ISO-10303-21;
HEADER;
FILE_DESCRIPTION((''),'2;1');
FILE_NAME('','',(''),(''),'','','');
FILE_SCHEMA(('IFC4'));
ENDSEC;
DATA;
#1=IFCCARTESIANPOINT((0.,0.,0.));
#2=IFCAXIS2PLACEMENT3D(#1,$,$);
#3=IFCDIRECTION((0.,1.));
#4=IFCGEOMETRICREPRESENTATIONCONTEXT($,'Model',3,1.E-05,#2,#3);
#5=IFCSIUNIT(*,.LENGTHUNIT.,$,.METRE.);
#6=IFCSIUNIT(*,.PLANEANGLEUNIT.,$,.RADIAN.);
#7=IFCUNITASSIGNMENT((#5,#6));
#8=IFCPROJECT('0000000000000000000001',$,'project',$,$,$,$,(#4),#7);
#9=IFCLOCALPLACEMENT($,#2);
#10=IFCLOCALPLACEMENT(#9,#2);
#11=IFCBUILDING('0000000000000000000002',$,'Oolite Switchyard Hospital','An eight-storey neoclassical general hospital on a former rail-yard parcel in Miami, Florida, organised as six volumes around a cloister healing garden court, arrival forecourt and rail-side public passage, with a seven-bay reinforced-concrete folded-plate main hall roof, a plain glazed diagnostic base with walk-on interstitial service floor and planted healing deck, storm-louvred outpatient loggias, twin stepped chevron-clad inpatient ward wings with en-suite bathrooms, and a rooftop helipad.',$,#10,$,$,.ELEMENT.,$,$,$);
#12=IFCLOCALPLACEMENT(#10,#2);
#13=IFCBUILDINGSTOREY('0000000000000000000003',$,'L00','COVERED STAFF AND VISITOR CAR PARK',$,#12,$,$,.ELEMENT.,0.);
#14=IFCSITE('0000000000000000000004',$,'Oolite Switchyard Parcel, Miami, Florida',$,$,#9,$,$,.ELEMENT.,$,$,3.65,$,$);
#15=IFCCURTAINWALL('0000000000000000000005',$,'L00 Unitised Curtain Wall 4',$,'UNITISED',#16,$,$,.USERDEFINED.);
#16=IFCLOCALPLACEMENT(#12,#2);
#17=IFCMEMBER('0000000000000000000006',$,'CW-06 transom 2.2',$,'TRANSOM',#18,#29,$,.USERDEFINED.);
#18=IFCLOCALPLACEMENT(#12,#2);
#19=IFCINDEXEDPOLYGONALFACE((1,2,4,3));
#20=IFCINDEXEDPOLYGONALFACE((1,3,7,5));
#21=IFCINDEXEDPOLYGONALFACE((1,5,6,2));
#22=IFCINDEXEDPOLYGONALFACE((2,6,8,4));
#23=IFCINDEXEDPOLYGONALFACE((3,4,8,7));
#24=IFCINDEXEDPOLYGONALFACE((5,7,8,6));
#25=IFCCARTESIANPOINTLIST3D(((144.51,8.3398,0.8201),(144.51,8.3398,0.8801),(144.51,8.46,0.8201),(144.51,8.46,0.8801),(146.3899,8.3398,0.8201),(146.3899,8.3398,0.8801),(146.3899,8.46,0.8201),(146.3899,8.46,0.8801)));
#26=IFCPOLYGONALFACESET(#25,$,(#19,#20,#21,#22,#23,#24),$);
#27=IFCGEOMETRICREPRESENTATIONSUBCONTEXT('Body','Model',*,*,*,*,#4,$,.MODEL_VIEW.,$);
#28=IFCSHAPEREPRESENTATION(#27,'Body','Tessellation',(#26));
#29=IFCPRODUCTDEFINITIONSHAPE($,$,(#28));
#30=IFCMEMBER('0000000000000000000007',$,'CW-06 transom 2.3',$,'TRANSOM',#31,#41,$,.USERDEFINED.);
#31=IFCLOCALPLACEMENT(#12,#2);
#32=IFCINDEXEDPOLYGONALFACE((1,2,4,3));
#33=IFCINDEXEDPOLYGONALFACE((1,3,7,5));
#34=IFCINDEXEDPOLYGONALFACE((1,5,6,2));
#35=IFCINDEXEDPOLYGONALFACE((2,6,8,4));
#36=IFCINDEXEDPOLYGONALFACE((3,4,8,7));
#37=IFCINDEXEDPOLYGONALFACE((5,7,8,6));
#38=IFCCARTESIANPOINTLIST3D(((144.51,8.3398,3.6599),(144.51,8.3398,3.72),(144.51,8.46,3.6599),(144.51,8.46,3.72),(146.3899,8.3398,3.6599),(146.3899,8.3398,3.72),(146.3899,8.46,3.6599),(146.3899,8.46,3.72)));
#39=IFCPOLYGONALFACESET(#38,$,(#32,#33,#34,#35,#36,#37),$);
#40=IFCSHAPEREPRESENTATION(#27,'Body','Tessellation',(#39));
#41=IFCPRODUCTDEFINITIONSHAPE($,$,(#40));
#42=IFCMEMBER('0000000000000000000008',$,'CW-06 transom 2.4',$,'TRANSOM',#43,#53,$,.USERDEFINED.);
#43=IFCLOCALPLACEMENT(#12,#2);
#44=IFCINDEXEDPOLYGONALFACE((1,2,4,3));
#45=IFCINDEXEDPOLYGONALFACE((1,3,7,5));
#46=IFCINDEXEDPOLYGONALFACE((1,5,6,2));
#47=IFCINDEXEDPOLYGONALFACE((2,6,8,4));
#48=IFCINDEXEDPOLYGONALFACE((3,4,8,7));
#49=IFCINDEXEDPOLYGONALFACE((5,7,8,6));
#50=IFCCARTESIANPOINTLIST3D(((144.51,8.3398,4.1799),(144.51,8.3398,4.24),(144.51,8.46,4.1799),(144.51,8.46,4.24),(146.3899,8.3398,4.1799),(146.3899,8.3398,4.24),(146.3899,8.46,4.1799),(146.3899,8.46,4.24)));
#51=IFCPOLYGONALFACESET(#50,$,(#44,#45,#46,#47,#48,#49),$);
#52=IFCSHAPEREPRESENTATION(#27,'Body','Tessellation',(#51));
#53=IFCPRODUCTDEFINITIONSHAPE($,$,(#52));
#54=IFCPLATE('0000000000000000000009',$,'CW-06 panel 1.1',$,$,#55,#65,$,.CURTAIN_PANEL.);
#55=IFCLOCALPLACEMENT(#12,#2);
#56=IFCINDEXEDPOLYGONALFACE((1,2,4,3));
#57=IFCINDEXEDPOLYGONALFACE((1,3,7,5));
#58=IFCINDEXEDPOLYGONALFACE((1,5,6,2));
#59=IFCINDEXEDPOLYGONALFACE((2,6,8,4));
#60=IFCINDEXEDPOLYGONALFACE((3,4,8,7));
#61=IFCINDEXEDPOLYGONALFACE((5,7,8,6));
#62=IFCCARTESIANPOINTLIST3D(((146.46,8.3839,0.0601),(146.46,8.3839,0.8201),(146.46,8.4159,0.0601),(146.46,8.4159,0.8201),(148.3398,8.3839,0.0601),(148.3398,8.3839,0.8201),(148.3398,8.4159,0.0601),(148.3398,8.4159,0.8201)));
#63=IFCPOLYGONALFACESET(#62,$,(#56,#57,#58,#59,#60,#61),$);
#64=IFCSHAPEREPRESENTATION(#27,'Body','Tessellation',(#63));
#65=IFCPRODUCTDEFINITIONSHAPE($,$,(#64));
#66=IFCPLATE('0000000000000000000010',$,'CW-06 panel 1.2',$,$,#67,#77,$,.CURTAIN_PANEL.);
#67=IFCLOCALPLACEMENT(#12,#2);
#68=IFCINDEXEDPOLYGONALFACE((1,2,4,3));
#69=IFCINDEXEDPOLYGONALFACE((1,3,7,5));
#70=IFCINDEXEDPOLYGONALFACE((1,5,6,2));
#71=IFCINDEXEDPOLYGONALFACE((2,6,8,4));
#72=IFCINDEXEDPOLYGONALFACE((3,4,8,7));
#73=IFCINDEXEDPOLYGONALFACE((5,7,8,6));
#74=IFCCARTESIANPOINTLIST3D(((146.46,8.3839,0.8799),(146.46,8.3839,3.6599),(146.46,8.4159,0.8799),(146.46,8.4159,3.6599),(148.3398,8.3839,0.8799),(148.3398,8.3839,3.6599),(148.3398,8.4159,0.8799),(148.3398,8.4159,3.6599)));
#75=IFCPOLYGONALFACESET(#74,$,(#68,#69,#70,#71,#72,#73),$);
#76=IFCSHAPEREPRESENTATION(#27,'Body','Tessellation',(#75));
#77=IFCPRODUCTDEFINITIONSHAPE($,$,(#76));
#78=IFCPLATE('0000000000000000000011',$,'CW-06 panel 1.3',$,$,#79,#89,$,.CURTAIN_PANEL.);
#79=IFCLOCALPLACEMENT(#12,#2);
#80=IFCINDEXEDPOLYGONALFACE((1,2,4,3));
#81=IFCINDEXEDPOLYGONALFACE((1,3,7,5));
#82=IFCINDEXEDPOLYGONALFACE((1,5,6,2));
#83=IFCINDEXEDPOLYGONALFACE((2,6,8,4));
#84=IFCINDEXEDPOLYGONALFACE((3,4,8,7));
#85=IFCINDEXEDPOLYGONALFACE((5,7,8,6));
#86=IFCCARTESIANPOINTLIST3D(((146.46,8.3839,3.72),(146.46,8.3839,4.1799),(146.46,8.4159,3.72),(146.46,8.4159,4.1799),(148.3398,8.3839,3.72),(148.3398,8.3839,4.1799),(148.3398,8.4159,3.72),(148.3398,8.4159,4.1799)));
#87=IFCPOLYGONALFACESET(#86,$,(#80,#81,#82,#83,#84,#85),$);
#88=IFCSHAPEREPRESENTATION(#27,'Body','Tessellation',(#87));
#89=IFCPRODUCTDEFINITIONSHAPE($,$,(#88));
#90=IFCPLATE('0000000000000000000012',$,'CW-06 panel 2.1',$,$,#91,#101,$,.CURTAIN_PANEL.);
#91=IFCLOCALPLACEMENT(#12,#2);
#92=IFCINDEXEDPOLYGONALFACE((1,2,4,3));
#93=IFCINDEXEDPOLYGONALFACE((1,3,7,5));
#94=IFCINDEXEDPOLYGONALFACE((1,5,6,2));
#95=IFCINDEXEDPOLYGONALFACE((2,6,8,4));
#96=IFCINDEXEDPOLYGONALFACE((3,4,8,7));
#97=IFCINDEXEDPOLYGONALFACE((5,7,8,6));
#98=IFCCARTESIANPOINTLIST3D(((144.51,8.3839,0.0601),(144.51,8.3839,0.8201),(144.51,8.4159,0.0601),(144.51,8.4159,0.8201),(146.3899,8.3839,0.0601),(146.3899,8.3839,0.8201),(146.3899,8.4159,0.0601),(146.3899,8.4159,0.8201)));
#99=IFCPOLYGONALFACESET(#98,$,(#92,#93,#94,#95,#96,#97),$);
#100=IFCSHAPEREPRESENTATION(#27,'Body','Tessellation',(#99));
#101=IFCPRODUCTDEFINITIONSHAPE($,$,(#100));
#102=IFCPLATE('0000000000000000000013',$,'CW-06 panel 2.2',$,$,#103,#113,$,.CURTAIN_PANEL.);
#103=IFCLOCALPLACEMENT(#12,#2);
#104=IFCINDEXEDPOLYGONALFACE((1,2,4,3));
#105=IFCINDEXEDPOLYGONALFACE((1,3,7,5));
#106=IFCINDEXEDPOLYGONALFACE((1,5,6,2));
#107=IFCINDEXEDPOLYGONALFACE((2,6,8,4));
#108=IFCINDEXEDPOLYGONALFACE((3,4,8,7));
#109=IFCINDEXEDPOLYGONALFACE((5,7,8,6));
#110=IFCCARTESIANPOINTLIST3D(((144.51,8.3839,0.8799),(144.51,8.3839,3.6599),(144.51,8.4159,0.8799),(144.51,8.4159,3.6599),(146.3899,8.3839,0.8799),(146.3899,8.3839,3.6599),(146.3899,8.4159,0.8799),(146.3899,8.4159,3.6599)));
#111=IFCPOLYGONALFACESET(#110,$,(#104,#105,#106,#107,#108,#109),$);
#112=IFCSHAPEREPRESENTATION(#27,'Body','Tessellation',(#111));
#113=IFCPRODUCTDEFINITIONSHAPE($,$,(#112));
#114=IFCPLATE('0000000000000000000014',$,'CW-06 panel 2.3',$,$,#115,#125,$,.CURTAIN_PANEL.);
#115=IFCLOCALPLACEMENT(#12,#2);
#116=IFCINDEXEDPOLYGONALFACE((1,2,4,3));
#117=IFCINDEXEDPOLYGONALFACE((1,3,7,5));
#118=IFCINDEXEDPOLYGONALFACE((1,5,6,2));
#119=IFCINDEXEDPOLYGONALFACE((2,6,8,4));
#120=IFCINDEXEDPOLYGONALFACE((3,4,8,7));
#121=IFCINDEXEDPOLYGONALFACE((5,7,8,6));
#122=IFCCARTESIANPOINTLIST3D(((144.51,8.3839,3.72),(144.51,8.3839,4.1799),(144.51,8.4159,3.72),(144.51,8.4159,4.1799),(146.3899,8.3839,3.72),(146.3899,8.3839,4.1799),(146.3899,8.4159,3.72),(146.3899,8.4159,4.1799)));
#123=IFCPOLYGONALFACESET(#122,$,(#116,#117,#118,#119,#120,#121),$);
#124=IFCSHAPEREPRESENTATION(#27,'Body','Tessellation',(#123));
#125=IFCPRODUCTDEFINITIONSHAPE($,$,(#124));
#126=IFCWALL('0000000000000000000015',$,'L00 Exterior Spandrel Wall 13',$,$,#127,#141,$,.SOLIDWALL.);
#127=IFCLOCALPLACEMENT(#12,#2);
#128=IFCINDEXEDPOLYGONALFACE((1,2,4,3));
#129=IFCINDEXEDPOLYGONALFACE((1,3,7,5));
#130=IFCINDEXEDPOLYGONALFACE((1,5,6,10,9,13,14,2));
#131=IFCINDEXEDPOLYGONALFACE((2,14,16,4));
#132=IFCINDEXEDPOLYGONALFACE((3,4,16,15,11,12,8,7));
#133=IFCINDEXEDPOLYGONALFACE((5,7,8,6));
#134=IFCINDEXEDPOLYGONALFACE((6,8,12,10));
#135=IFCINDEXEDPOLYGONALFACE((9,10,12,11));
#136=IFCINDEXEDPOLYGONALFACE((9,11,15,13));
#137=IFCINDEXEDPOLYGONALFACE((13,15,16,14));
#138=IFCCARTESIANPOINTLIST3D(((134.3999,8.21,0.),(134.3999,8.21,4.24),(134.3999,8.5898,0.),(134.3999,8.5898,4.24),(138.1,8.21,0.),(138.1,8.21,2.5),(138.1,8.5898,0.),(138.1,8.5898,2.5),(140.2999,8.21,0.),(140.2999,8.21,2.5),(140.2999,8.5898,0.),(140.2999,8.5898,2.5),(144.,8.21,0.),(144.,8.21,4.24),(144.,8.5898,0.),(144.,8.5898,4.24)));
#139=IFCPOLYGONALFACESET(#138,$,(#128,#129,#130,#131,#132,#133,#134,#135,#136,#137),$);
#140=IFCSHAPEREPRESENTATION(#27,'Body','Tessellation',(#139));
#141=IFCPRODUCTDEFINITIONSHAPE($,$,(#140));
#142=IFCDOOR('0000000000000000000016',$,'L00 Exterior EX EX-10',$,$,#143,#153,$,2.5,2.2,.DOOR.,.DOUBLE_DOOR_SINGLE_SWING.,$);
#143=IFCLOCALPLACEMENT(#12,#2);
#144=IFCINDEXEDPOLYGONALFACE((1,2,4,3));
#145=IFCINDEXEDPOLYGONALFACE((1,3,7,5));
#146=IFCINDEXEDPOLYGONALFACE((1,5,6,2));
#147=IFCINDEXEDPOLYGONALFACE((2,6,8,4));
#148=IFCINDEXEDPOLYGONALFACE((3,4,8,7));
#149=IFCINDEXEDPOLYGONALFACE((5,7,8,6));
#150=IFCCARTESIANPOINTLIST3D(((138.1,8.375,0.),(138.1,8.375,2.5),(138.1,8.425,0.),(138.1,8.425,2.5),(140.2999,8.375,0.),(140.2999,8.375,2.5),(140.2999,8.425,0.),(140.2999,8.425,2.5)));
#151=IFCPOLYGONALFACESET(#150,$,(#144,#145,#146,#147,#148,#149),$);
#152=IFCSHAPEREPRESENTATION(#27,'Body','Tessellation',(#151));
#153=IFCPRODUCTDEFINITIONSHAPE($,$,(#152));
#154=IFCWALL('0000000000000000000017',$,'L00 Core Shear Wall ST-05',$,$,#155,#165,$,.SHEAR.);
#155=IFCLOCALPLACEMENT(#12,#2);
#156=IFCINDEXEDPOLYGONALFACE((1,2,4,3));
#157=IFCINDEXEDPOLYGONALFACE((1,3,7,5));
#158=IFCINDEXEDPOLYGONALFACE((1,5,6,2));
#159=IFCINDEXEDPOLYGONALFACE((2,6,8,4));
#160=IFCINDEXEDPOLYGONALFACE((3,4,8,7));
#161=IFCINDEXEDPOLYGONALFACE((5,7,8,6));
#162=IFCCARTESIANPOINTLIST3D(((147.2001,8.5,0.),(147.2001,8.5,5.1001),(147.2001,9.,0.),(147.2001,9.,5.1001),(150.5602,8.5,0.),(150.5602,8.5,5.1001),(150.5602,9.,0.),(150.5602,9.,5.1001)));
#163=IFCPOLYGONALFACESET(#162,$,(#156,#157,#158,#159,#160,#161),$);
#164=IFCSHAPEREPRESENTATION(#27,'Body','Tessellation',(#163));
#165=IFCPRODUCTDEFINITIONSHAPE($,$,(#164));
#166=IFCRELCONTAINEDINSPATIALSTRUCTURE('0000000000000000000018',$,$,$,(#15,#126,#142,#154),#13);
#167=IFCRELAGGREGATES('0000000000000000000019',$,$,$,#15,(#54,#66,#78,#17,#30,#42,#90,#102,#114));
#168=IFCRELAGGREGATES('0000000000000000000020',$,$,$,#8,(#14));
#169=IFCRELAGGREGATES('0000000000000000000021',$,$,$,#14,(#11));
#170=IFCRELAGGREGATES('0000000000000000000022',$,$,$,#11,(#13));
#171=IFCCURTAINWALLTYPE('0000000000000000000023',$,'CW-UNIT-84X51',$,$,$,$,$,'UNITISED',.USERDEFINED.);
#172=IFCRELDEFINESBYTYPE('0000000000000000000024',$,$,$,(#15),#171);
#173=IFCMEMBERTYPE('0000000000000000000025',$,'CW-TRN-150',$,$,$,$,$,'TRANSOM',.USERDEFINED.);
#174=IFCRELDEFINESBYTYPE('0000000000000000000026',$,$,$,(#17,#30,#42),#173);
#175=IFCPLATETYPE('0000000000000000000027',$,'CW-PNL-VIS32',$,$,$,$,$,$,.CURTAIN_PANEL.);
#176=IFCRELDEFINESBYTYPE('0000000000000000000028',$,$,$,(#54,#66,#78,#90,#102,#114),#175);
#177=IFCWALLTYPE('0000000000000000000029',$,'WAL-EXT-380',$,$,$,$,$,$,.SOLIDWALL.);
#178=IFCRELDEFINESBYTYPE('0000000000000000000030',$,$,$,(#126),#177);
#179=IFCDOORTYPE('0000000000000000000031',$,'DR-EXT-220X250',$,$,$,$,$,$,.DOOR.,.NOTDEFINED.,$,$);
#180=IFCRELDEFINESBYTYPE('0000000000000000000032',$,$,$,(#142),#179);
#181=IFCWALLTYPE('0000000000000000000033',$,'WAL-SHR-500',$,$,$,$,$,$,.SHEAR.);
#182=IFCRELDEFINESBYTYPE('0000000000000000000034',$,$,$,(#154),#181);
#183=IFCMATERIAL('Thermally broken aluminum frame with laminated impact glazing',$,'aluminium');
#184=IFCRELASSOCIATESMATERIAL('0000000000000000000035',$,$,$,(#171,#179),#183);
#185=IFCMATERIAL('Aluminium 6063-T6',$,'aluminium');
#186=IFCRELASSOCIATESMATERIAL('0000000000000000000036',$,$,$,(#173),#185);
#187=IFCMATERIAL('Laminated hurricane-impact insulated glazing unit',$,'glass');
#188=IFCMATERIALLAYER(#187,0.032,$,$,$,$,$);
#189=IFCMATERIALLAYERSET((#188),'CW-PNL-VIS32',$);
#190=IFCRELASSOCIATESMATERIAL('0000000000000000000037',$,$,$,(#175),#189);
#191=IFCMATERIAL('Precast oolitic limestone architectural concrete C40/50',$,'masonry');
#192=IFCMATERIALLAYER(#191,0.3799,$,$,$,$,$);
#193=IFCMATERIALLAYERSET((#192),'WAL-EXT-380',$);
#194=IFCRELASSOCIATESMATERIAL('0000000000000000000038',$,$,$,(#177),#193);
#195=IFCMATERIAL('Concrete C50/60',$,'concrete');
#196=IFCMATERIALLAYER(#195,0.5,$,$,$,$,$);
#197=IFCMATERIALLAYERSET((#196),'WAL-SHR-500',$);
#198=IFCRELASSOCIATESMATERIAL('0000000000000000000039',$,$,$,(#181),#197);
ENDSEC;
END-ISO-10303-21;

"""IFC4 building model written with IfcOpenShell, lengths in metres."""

from ifc_helpers import new_model, si_unit, direction, frame, frame_2d, origin, origin_2d, place, context, subcontext, project, spatial, rectangle, extrude, material, layer, layer_set, material_profile, profile_set, type_object, element, fill, aggregate, save


model = new_model("IFC4")

# Units and contexts
model_context = context("Model", 3, precision=1e-05, world=origin(), true_north=direction((0.0, 1.0)))
body_context = subcontext(model_context, "Body", "Model", "MODEL_VIEW")
ifc_project = project(units=[si_unit("LENGTHUNIT", "METRE"), si_unit("PLANEANGLEUNIT", "RADIAN")], contexts=[model_context])

# Site, building, storey
site_placement = place(None, origin())
site = spatial("IfcSite", under=ifc_project, at=site_placement, Name="Oolite Switchyard Parcel, Miami, Florida", CompositionType="ELEMENT", RefElevation=3.65)
building_placement = place(site_placement, origin())
building = spatial("IfcBuilding", under=site, at=building_placement, Name="Oolite Switchyard Hospital", Description="An eight-storey neoclassical general hospital on a former rail-yard parcel in Miami, Florida, organised as six volumes around a cloister healing garden court, arrival forecourt and rail-side public passage, with a seven-bay reinforced-concrete folded-plate main hall roof, a plain glazed diagnostic base with walk-on interstitial service floor and planted healing deck, storm-louvred outpatient loggias, twin stepped chevron-clad inpatient ward wings with en-suite bathrooms, and a rooftop helipad.", CompositionType="ELEMENT")
storey_placement = place(building_placement, origin())
storey = spatial("IfcBuildingStorey", under=building, at=storey_placement, Name="L00", Description="COVERED STAFF AND VISITOR CAR PARK", CompositionType="ELEMENT", Elevation=0.0)

# Shared definitions
ifc_material_1 = material(Name="Concrete C50/60", Category="concrete")

# Curtain wall, members, plates
ifc_material_2 = material(Name="Thermally broken aluminum frame with laminated impact glazing", Category="aluminium")
curtain_wall_type = type_object("IfcCurtainWallType", Name="CW-UNIT-84X51", ElementType="UNITISED", PredefinedType="USERDEFINED", material=ifc_material_2)
curtain_wall_placement = place(storey_placement, origin())
curtain_wall = element("IfcCurtainWall", 1, at=curtain_wall_placement, inside=storey, type_object=curtain_wall_type, Name="L00 Unitised Curtain Wall 4", ObjectType="UNITISED", PredefinedType="USERDEFINED")
ifc_material_3 = material(Name="Aluminium 6063-T6", Category="aluminium")
ifc_material_profile_1 = material_profile(ifc_material_3, rectangle(XDim=0.1201, YDim=0.0601, at=origin_2d()), Name="CWT60X120")
ifc_profile_set_1 = profile_set([ifc_material_profile_1], Name="Aluminium 6063-T6")
member_type_1 = type_object("IfcMemberType", Name="CW-TRN-150", ElementType="TRANSOM", PredefinedType="USERDEFINED", material=ifc_profile_set_1)
member_1_placement = place(storey_placement, frame((146.3899, 8.3999, 0.8501), z_axis=(-1.0, 0.0, 0.0), x_axis=(0.0, -1.0, 0.0)))
member_1 = element("IfcMember", 2, at=member_1_placement, type_object=member_type_1, Name="CW-06 transom 2.2", ObjectType="TRANSOM", PredefinedType="USERDEFINED", context=body_context, shape_type="SweptSolid", body=[
    extrude(rectangle(XDim=0.1201, YDim=0.0601, at=origin_2d()), origin(), (0.0, 0.0, 1.0), 1.8799),
])
member_2_placement = place(storey_placement, frame((146.3899, 8.3999, 3.6899), z_axis=(-1.0, 0.0, 0.0), x_axis=(0.0, -1.0, 0.0)))
member_2 = element("IfcMember", 3, at=member_2_placement, type_object=member_type_1, Name="CW-06 transom 2.3", ObjectType="TRANSOM", PredefinedType="USERDEFINED", context=body_context, shape_type="SweptSolid", body=[
    extrude(rectangle(XDim=0.1201, YDim=0.0601, at=origin_2d()), origin(), (0.0, 0.0, 1.0), 1.8799),
])
member_3_placement = place(storey_placement, frame((146.3899, 8.3999, 4.21), z_axis=(-1.0, 0.0, 0.0), x_axis=(0.0, -1.0, 0.0)))
member_3 = element("IfcMember", 4, at=member_3_placement, type_object=member_type_1, Name="CW-06 transom 2.4", ObjectType="TRANSOM", PredefinedType="USERDEFINED", context=body_context, shape_type="SweptSolid", body=[
    extrude(rectangle(XDim=0.1201, YDim=0.0601, at=origin_2d()), origin(), (0.0, 0.0, 1.0), 1.8799),
])
ifc_material_4 = material(Name="Laminated hurricane-impact insulated glazing unit", Category="glass")
ifc_layer_1 = layer(ifc_material_4, 0.032)
ifc_layer_set_1 = layer_set([ifc_layer_1], Name="CW-PNL-VIS32")
plate_type = type_object("IfcPlateType", Name="CW-PNL-VIS32", PredefinedType="CURTAIN_PANEL", material=ifc_layer_set_1)
plate_1_placement = place(storey_placement, frame((147.3999, 8.3999, 0.0601), z_axis=(0.0, 0.0, 1.0), x_axis=(-1.0, 0.0, 0.0)))
plate_1 = element("IfcPlate", 5, at=plate_1_placement, type_object=plate_type, Name="CW-06 panel 1.1", PredefinedType="CURTAIN_PANEL", context=body_context, shape_type="SweptSolid", body=[
    extrude(rectangle(XDim=1.8799, YDim=0.032, at=origin_2d()), origin(), (0.0, 0.0, 1.0), 0.76),
])
plate_2_placement = place(storey_placement, frame((147.3999, 8.3999, 0.8799), z_axis=(0.0, 0.0, 1.0), x_axis=(-1.0, 0.0, 0.0)))
plate_2 = element("IfcPlate", 6, at=plate_2_placement, type_object=plate_type, Name="CW-06 panel 1.2", PredefinedType="CURTAIN_PANEL", context=body_context, shape_type="SweptSolid", body=[
    extrude(rectangle(XDim=1.8799, YDim=0.032, at=origin_2d()), origin(), (0.0, 0.0, 1.0), 2.78),
])
plate_3_placement = place(storey_placement, frame((147.3999, 8.3999, 3.72), z_axis=(0.0, 0.0, 1.0), x_axis=(-1.0, 0.0, 0.0)))
plate_3 = element("IfcPlate", 7, at=plate_3_placement, type_object=plate_type, Name="CW-06 panel 1.3", PredefinedType="CURTAIN_PANEL", context=body_context, shape_type="SweptSolid", body=[
    extrude(rectangle(XDim=1.8799, YDim=0.032, at=origin_2d()), origin(), (0.0, 0.0, 1.0), 0.46),
])
plate_4_placement = place(storey_placement, frame((145.45, 8.3999, 0.0601), z_axis=(0.0, 0.0, 1.0), x_axis=(-1.0, 0.0, 0.0)))
plate_4 = element("IfcPlate", 8, at=plate_4_placement, type_object=plate_type, Name="CW-06 panel 2.1", PredefinedType="CURTAIN_PANEL", context=body_context, shape_type="SweptSolid", body=[
    extrude(rectangle(XDim=1.8799, YDim=0.032, at=origin_2d()), origin(), (0.0, 0.0, 1.0), 0.76),
])
plate_5_placement = place(storey_placement, frame((145.45, 8.3999, 0.8799), z_axis=(0.0, 0.0, 1.0), x_axis=(-1.0, 0.0, 0.0)))
plate_5 = element("IfcPlate", 9, at=plate_5_placement, type_object=plate_type, Name="CW-06 panel 2.2", PredefinedType="CURTAIN_PANEL", context=body_context, shape_type="SweptSolid", body=[
    extrude(rectangle(XDim=1.8799, YDim=0.032, at=origin_2d()), origin(), (0.0, 0.0, 1.0), 2.78),
])
plate_6_placement = place(storey_placement, frame((145.45, 8.3999, 3.72), z_axis=(0.0, 0.0, 1.0), x_axis=(-1.0, 0.0, 0.0)))
plate_6 = element("IfcPlate", 10, at=plate_6_placement, type_object=plate_type, Name="CW-06 panel 2.3", PredefinedType="CURTAIN_PANEL", context=body_context, shape_type="SweptSolid", body=[
    extrude(rectangle(XDim=1.8799, YDim=0.032, at=origin_2d()), origin(), (0.0, 0.0, 1.0), 0.46),
])
aggregate(curtain_wall, [plate_1, plate_2, plate_3, member_1, member_2, member_3, plate_4, plate_5, plate_6])

# Wall, opening, door
ifc_material_5 = material(Name="Precast oolitic limestone architectural concrete C40/50", Category="masonry")
ifc_layer_2 = layer(ifc_material_5, 0.3799)
ifc_layer_set_2 = layer_set([ifc_layer_2], Name="WAL-EXT-380")
wall_type_1 = type_object("IfcWallType", Name="WAL-EXT-380", PredefinedType="SOLIDWALL", material=ifc_layer_set_2)
wall_1_placement = place(storey_placement, frame((144.0, 8.3999, 0.0), z_axis=(0.0, 0.0, 1.0), x_axis=(-1.0, 0.0, 0.0)))
wall_1 = element("IfcWall", 11, at=wall_1_placement, inside=storey, type_object=wall_type_1, Name="L00 Exterior Spandrel Wall 13", PredefinedType="SOLIDWALL", context=body_context, shape_type="SweptSolid", body=[
    extrude(rectangle(XDim=9.6001, YDim=0.3799, at=frame_2d((4.8, 0.0))), origin(), (0.0, 0.0, 1.0), 4.24),
])
opening_placement = place(wall_1_placement, frame((3.7, 0.0, 0.0)))
opening = element("IfcOpeningElement", 12, at=opening_placement, cuts=wall_1, PredefinedType="OPENING", context=body_context, shape_type="SweptSolid", body=[
    extrude(rectangle(XDim=2.2, YDim=2.5, at=frame_2d((1.1001, 1.25))), frame((0.0, 0.2, 0.0), z_axis=(0.0, -1.0, 0.0), x_axis=(1.0, 0.0, 0.0)), (0.0, 0.0, 1.0), 0.3999),
])
door_type = type_object("IfcDoorType", Name="DR-EXT-220X250", OperationType="NOTDEFINED", PredefinedType="DOOR", material=ifc_material_2)
door_placement = place(opening_placement, origin())
door = element("IfcDoor", 13, at=door_placement, inside=storey, type_object=door_type, Name="L00 Exterior EX EX-10", OperationType="DOUBLE_DOOR_SINGLE_SWING", OverallHeight=2.5, OverallWidth=2.2, PredefinedType="DOOR", context=body_context, shape_type="SweptSolid", body=[
    extrude(rectangle(XDim=2.2, YDim=2.5, at=frame_2d((1.1001, 1.25))), frame((0.0, 0.0249, 0.0), z_axis=(0.0, -1.0, 0.0), x_axis=(1.0, 0.0, 0.0)), (0.0, 0.0, 1.0), 0.05),
])
fill(opening, door)

# Wall
ifc_layer_3 = layer(ifc_material_1, 0.5)
ifc_layer_set_3 = layer_set([ifc_layer_3], Name="WAL-SHR-500")
wall_type_2 = type_object("IfcWallType", Name="WAL-SHR-500", PredefinedType="SHEAR", material=ifc_layer_set_3)
wall_2_placement = place(storey_placement, frame((147.2, 8.75, 0.0), z_axis=(0.0, 0.0, 1.0), x_axis=(1.0, 0.0, 0.0)))
element("IfcWall", 14, at=wall_2_placement, inside=storey, type_object=wall_type_2, Name="L00 Core Shear Wall ST-05", PredefinedType="SHEAR", context=body_context, shape_type="SweptSolid", body=[
    extrude(rectangle(XDim=3.3601, YDim=0.5, at=frame_2d((1.6802, 0.0))), origin(), (0.0, 0.0, 1.0), 5.1001),
])

save(model, "model.ifc")
